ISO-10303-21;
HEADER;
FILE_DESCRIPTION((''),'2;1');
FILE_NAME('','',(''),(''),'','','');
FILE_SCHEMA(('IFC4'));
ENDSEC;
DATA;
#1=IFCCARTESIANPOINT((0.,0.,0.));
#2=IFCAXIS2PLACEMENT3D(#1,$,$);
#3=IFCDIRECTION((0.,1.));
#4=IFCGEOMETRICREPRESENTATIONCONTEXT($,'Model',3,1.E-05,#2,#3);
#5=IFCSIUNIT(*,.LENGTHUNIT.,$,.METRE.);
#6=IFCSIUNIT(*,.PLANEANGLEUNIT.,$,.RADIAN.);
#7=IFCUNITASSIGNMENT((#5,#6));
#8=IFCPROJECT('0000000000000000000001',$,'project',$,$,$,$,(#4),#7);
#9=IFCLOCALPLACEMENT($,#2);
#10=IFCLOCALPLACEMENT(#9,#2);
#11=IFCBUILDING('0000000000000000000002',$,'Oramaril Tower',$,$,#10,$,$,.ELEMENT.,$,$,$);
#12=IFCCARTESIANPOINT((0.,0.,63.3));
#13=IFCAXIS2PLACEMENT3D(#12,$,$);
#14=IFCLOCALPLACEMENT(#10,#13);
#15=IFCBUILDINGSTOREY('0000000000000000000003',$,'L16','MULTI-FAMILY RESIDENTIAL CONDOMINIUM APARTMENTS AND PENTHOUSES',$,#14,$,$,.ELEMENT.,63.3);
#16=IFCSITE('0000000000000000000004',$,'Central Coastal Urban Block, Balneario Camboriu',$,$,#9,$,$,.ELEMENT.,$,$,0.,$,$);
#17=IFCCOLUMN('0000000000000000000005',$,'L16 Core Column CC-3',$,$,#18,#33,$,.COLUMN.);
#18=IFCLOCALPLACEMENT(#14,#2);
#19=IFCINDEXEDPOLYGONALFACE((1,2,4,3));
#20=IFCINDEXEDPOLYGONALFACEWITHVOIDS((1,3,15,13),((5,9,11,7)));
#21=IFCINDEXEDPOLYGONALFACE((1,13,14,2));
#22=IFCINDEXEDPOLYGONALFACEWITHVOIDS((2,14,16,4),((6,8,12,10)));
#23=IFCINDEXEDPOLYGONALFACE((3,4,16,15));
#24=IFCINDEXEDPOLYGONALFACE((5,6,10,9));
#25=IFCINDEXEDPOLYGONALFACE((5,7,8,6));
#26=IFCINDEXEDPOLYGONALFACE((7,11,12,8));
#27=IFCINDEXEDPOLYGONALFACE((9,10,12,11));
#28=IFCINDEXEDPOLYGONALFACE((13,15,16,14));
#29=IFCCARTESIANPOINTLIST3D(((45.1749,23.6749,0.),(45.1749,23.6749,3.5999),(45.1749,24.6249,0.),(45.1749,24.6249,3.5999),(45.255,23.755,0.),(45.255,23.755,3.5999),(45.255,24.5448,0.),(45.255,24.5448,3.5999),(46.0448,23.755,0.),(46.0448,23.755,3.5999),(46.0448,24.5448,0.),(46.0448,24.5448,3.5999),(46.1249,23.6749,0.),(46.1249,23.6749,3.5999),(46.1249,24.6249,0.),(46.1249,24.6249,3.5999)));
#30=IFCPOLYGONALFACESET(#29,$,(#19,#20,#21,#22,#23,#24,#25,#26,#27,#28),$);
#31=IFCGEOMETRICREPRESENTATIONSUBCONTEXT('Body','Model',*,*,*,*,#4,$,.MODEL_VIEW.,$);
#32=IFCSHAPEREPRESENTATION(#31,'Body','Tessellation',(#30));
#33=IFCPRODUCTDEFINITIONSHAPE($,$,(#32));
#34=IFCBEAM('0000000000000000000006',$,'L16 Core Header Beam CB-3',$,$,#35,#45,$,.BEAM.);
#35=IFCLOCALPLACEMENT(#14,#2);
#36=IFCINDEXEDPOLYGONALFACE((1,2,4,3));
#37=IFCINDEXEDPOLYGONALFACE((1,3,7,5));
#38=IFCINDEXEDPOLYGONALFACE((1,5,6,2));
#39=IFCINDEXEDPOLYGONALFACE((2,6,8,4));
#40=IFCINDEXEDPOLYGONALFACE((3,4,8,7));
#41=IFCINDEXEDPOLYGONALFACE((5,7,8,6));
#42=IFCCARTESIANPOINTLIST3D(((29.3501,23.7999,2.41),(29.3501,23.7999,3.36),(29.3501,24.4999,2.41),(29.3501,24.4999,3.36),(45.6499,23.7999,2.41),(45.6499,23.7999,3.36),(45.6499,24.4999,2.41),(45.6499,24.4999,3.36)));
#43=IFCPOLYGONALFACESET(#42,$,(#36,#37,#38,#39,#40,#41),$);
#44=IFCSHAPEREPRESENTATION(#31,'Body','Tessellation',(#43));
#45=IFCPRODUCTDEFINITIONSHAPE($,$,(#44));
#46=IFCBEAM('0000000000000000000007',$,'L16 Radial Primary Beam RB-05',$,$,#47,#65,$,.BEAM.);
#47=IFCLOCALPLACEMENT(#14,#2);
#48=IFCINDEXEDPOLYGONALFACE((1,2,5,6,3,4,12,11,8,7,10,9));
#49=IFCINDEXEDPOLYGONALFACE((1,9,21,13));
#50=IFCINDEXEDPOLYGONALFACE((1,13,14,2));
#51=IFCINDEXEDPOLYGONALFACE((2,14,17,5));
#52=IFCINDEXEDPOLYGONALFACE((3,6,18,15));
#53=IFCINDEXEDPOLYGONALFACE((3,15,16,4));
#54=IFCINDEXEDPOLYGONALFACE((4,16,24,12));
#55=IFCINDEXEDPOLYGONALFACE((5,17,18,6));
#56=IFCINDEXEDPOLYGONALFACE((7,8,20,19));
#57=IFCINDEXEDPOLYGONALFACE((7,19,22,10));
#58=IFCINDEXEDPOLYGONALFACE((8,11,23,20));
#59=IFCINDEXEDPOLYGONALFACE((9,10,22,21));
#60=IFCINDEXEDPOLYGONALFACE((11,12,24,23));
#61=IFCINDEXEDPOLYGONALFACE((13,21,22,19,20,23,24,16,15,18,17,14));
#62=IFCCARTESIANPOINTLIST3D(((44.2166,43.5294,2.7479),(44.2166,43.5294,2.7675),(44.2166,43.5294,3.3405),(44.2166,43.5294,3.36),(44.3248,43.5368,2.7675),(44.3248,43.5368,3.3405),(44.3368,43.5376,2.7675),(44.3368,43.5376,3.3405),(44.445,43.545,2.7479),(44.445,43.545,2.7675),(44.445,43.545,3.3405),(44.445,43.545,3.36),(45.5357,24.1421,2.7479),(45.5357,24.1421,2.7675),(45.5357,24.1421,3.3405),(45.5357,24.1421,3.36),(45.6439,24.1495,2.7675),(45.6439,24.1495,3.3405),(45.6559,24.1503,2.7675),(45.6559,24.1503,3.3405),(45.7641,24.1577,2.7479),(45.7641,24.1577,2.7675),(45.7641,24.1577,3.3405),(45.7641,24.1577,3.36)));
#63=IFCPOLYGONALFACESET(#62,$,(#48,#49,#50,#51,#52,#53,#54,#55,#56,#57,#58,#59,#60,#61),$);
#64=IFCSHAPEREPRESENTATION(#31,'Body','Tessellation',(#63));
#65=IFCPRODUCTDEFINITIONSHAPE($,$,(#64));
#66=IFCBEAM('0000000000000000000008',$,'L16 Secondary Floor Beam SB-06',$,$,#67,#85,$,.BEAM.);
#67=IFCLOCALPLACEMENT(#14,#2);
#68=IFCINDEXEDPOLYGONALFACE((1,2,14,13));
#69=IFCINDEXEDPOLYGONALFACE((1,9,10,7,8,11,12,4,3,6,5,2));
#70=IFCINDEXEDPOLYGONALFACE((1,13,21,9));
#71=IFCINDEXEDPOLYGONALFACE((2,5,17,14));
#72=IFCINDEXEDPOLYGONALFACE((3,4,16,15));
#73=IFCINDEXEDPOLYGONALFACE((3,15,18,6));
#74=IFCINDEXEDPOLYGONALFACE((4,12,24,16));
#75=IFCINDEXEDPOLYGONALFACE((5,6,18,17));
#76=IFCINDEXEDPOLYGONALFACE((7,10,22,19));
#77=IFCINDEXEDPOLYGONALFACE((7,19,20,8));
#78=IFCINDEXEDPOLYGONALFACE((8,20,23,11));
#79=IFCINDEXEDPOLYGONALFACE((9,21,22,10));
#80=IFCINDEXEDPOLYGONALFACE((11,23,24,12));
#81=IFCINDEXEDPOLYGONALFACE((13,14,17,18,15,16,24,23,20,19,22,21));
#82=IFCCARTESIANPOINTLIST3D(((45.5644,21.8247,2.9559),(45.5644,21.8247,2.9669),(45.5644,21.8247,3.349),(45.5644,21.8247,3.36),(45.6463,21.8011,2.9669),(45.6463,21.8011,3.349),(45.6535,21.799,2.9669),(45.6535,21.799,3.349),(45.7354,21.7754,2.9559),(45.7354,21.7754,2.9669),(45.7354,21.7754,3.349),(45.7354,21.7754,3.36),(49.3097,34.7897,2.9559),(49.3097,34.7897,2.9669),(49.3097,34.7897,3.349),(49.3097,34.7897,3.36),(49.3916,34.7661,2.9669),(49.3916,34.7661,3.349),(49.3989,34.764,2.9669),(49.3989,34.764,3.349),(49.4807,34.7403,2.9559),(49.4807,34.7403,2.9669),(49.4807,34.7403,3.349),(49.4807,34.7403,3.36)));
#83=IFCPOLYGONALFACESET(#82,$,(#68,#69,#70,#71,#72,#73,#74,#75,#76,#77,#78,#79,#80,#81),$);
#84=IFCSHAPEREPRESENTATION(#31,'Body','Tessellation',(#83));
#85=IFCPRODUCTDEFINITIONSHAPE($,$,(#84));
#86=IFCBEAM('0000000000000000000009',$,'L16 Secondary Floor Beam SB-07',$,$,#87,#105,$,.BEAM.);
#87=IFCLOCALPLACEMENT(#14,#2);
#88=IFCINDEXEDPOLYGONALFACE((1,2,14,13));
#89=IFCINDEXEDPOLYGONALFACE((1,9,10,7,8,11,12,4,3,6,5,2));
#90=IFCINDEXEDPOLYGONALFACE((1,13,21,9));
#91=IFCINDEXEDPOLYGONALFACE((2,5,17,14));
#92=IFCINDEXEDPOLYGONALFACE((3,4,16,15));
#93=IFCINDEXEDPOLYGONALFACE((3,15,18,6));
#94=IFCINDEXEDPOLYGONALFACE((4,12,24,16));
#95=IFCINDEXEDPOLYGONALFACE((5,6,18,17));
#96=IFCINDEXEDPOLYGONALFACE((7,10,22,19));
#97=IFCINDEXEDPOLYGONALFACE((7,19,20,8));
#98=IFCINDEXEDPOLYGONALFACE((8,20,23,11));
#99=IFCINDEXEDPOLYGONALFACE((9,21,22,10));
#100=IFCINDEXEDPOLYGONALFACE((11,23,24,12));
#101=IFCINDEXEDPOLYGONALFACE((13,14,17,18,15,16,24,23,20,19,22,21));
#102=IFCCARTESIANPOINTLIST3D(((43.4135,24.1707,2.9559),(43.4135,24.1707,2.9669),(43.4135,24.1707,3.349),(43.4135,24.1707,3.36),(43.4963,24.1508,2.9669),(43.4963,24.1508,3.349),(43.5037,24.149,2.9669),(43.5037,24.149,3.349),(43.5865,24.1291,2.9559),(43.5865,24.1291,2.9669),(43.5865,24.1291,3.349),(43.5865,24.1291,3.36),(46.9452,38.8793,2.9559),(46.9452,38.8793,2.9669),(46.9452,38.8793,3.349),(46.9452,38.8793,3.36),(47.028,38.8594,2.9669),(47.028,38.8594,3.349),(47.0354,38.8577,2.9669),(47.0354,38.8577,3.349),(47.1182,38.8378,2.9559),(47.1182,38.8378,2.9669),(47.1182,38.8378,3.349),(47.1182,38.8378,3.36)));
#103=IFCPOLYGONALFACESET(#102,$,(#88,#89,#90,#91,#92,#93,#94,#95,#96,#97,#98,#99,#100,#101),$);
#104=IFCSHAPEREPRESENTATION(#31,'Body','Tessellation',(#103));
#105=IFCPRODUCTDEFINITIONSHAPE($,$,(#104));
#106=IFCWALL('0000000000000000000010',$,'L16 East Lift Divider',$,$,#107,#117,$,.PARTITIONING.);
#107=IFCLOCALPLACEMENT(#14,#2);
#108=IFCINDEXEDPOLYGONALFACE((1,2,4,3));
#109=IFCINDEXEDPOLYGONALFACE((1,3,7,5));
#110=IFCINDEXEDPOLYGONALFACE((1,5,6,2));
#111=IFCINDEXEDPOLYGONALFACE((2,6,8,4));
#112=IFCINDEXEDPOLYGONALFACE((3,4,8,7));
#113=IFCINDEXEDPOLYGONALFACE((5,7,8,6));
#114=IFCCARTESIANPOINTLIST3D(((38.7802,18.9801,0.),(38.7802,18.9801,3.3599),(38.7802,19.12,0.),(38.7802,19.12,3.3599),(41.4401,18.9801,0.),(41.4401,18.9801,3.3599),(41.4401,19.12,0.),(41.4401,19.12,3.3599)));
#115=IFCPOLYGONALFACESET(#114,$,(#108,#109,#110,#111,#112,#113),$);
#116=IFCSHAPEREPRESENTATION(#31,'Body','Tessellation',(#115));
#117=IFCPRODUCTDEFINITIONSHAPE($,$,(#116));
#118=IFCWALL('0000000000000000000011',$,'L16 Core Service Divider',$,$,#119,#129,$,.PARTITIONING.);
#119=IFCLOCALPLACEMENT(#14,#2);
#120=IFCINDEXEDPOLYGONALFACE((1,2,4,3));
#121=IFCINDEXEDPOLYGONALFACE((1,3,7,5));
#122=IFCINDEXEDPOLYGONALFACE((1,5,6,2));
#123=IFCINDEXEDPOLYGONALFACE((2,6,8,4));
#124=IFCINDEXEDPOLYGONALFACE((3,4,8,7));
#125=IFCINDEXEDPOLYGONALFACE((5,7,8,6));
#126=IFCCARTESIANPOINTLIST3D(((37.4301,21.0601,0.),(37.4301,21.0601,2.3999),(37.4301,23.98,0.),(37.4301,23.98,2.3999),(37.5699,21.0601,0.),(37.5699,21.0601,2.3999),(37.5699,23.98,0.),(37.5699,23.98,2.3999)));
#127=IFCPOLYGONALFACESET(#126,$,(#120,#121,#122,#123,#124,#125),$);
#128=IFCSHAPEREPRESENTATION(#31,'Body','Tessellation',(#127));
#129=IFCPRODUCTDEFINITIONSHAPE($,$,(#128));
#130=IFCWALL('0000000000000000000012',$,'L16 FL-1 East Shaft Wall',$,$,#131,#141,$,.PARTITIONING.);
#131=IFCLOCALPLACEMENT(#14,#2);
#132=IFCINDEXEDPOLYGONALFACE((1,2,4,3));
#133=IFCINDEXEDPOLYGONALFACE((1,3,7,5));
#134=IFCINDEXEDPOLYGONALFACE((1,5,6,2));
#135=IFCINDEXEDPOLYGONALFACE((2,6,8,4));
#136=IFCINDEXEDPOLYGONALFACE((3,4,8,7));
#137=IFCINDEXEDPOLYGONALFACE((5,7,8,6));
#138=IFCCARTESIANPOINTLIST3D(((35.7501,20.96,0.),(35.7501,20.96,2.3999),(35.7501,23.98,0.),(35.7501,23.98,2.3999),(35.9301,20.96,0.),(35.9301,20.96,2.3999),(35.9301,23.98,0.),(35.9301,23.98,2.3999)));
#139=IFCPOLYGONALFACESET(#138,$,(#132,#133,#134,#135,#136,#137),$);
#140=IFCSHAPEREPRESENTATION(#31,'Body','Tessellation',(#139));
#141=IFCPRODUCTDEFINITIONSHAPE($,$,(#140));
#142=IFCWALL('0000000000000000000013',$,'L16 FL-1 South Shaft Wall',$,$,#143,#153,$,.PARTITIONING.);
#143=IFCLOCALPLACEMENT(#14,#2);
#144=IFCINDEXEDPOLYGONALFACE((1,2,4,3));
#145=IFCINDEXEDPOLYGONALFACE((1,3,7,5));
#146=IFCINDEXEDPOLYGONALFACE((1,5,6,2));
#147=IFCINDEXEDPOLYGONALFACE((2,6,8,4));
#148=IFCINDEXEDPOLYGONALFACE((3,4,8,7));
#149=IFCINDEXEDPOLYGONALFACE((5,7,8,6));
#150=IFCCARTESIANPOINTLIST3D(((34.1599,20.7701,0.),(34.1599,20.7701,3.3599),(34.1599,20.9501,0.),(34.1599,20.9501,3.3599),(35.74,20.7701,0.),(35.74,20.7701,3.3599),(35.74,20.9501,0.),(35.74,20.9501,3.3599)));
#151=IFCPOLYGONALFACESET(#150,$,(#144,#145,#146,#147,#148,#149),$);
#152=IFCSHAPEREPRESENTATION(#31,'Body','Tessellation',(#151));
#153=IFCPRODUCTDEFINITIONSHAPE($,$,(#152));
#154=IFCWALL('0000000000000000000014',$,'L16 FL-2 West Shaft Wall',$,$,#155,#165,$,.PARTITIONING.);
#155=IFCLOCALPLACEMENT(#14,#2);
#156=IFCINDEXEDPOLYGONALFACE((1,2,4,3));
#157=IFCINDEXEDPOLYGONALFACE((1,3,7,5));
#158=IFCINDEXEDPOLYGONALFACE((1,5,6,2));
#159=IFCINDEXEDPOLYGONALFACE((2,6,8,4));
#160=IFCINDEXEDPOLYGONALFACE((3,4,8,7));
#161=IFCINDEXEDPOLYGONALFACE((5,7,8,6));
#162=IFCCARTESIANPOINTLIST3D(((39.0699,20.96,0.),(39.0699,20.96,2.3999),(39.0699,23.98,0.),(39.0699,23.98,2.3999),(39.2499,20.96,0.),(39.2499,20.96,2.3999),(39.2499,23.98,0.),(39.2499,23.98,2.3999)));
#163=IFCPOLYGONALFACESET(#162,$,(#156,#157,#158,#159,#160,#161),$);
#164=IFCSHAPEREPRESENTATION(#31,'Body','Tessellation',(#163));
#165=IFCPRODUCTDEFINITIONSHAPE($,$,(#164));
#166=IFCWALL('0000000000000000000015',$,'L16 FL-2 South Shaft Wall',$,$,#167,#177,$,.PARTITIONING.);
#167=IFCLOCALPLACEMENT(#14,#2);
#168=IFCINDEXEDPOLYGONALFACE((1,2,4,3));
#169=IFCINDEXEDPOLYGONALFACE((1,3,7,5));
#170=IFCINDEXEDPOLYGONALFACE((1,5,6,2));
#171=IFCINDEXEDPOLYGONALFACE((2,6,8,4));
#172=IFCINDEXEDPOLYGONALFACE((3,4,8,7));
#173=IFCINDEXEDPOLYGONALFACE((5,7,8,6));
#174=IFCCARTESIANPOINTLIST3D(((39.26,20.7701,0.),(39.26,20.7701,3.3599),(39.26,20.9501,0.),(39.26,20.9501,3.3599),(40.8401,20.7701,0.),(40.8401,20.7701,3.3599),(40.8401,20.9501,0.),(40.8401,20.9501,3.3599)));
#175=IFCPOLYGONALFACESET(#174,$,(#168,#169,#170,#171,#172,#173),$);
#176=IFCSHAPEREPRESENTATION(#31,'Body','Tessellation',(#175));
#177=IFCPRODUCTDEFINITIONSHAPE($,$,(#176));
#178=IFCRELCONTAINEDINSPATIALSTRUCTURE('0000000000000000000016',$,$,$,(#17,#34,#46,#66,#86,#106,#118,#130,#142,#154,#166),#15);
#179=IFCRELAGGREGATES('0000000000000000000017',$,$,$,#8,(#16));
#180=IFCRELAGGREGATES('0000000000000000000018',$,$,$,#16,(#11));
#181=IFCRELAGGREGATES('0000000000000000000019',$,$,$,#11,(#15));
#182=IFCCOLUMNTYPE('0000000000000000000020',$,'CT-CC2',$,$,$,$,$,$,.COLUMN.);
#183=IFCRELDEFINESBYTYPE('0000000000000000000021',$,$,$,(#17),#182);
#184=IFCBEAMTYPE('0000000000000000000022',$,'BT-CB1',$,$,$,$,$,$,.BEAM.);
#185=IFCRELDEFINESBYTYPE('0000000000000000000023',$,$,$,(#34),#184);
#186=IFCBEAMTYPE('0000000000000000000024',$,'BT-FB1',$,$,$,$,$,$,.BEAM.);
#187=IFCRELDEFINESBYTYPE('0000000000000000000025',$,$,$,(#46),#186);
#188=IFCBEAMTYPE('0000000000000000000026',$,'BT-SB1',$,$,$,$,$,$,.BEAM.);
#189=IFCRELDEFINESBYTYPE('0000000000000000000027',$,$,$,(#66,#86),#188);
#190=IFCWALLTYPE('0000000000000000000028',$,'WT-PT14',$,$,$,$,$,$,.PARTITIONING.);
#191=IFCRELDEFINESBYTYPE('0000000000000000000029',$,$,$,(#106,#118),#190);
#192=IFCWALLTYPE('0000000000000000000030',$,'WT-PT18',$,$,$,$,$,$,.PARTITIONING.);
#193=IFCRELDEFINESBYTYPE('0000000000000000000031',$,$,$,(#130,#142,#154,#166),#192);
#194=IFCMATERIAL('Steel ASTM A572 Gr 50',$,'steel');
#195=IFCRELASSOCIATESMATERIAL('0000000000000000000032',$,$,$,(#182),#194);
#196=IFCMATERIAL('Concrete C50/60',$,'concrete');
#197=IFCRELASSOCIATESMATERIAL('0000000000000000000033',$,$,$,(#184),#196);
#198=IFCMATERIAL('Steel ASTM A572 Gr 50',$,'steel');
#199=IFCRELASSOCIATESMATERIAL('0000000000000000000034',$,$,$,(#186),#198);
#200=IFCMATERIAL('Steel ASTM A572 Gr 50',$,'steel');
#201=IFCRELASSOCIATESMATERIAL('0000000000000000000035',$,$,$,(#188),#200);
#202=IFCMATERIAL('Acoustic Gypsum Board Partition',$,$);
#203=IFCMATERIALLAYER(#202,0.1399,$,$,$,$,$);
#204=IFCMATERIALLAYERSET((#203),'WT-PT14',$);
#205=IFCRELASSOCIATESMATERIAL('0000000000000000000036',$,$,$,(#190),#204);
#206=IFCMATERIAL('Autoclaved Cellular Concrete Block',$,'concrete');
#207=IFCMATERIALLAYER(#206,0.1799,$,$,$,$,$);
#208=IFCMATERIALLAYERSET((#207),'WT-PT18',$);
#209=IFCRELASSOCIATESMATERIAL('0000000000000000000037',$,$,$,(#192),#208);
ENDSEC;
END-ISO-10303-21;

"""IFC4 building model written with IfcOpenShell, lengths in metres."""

from ifc_helpers import new_model, si_unit, direction, frame, frame_2d, origin, origin_2d, place, context, subcontext, project, spatial, rectangle, hollow_rectangle, i_section, extrude, material, layer, layer_set, material_profile, profile_set, type_object, element, save


model = new_model("IFC4")

# Units and contexts
model_context = context("Model", 3, precision=1e-05, world=origin(), true_north=direction((0.0, 1.0)))
body_context = subcontext(model_context, "Body", "Model", "MODEL_VIEW")
ifc_project = project(units=[si_unit("LENGTHUNIT", "METRE"), si_unit("PLANEANGLEUNIT", "RADIAN")], contexts=[model_context])

# Site, building, storey
site_placement = place(None, origin())
site = spatial("IfcSite", under=ifc_project, at=site_placement, Name="Central Coastal Urban Block, Balneario Camboriu", CompositionType="ELEMENT", RefElevation=0.0)
building_placement = place(site_placement, origin())
building = spatial("IfcBuilding", under=site, at=building_placement, Name="Oramaril Tower", CompositionType="ELEMENT")
storey_placement = place(building_placement, frame((0.0, 0.0, 63.3)))
storey = spatial("IfcBuildingStorey", under=building, at=storey_placement, Name="L16", Description="MULTI-FAMILY RESIDENTIAL CONDOMINIUM APARTMENTS AND PENTHOUSES", CompositionType="ELEMENT", Elevation=63.3)

# Column
ifc_material_1 = material(Name="Steel ASTM A572 Gr 50", Category="steel")
ifc_material_profile_1 = material_profile(ifc_material_1, hollow_rectangle(XDim=0.95, YDim=0.95, WallThickness=0.0801, at=origin_2d()), Name="BOX950X950X80")
ifc_profile_set_1 = profile_set([ifc_material_profile_1], Name="Steel ASTM A572 Gr 50")
column_type = type_object("IfcColumnType", Name="CT-CC2", PredefinedType="COLUMN", material=ifc_profile_set_1)
column_placement = place(storey_placement, frame((45.6499, 24.1499, 0.0), z_axis=(0.0, 0.0, 1.0), x_axis=(1.0, 0.0, 0.0)))
element("IfcColumn", 1, at=column_placement, inside=storey, type_object=column_type, Name="L16 Core Column CC-3", PredefinedType="COLUMN", context=body_context, shape_type="SweptSolid", body=[
    extrude(hollow_rectangle(XDim=0.95, YDim=0.95, WallThickness=0.0801, at=origin_2d()), origin(), (0.0, 0.0, 1.0), 3.5999),
])

# Beams
ifc_material_2 = material(Name="Concrete C50/60", Category="concrete")
ifc_material_profile_2 = material_profile(ifc_material_2, rectangle(XDim=0.7, YDim=0.95, at=origin_2d()), Name="CB700X950")
ifc_profile_set_2 = profile_set([ifc_material_profile_2], Name="Concrete C50/60")
beam_type_1 = type_object("IfcBeamType", Name="BT-CB1", PredefinedType="BEAM", material=ifc_profile_set_2)
beam_1_placement = place(storey_placement, frame((45.6499, 24.1499, 2.885), z_axis=(-1.0, 0.0, 0.0), x_axis=(0.0, -1.0, 0.0)))
element("IfcBeam", 2, at=beam_1_placement, inside=storey, type_object=beam_type_1, Name="L16 Core Header Beam CB-3", PredefinedType="BEAM", context=body_context, shape_type="SweptSolid", body=[
    extrude(rectangle(XDim=0.7, YDim=0.95, at=origin_2d()), origin(), (0.0, 0.0, 1.0), 16.2998),
])
ifc_material_3 = material(Name="Steel ASTM A572 Gr 50", Category="steel")
ifc_material_profile_3 = material_profile(ifc_material_3, i_section(OverallWidth=0.229, OverallDepth=0.6121, WebThickness=0.012, FlangeThickness=0.0195, at=origin_2d()), Name="W24X84")
ifc_profile_set_3 = profile_set([ifc_material_profile_3], Name="Steel ASTM A572 Gr 50")
beam_type_2 = type_object("IfcBeamType", Name="BT-FB1", PredefinedType="BEAM", material=ifc_profile_set_3)
beam_2_placement = place(storey_placement, frame((45.6499, 24.1499, 3.054), z_axis=(-0.067882, 0.997693, 0.0), x_axis=(-0.997693, -0.067882, 0.0)))
element("IfcBeam", 3, at=beam_2_placement, inside=storey, type_object=beam_type_2, Name="L16 Radial Primary Beam RB-05", PredefinedType="BEAM", context=body_context, shape_type="SweptSolid", body=[
    extrude(i_section(OverallWidth=0.229, OverallDepth=0.6121, WebThickness=0.012, FlangeThickness=0.0195, at=origin_2d()), origin(), (0.0, 0.0, 1.0), 19.4321),
])
ifc_material_4 = material(Name="Steel ASTM A572 Gr 50", Category="steel")
ifc_material_profile_4 = material_profile(ifc_material_4, i_section(OverallWidth=0.178, OverallDepth=0.4041, WebThickness=0.0076, FlangeThickness=0.011, at=origin_2d()), Name="W16X36")
ifc_profile_set_4 = profile_set([ifc_material_profile_4], Name="Steel ASTM A572 Gr 50")
beam_type_3 = type_object("IfcBeamType", Name="BT-SB1", PredefinedType="BEAM", material=ifc_profile_set_4)
beam_3_placement = place(storey_placement, frame((45.6499, 21.8, 3.158), z_axis=(0.277532, 0.960716, 0.0), x_axis=(-0.960716, 0.277532, 0.0)))
element("IfcBeam", 4, at=beam_3_placement, inside=storey, type_object=beam_type_3, Name="L16 Secondary Floor Beam SB-06", PredefinedType="BEAM", context=body_context, shape_type="SweptSolid", body=[
    extrude(i_section(OverallWidth=0.178, OverallDepth=0.4041, WebThickness=0.0076, FlangeThickness=0.011, at=origin_2d()), origin(), (0.0, 0.0, 1.0), 13.4951),
])
beam_4_placement = place(storey_placement, frame((43.5, 24.1499, 3.158), z_axis=(0.233476, 0.972363, 0.0), x_axis=(-0.972363, 0.233476, 0.0)))
element("IfcBeam", 5, at=beam_4_placement, inside=storey, type_object=beam_type_3, Name="L16 Secondary Floor Beam SB-07", PredefinedType="BEAM", context=body_context, shape_type="SweptSolid", body=[
    extrude(i_section(OverallWidth=0.178, OverallDepth=0.4041, WebThickness=0.0076, FlangeThickness=0.011, at=origin_2d()), origin(), (0.0, 0.0, 1.0), 15.1267),
])

# Walls
ifc_material_5 = material(Name="Acoustic Gypsum Board Partition")
ifc_layer_1 = layer(ifc_material_5, 0.1399)
ifc_layer_set_1 = layer_set([ifc_layer_1], Name="WT-PT14")
wall_type_1 = type_object("IfcWallType", Name="WT-PT14", PredefinedType="PARTITIONING", material=ifc_layer_set_1)
wall_1_placement = place(storey_placement, frame((38.78, 19.05, 0.0), z_axis=(0.0, 0.0, 1.0), x_axis=(1.0, 0.0, 0.0)))
element("IfcWall", 6, at=wall_1_placement, inside=storey, type_object=wall_type_1, Name="L16 East Lift Divider", PredefinedType="PARTITIONING", context=body_context, shape_type="SweptSolid", body=[
    extrude(rectangle(XDim=2.6599, YDim=0.1399, at=frame_2d((1.3301, 0.0))), origin(), (0.0, 0.0, 1.0), 3.3599),
])
wall_2_placement = place(storey_placement, frame((37.5, 21.0601, 0.0), z_axis=(0.0, 0.0, 1.0), x_axis=(0.0, 1.0, 0.0)))
element("IfcWall", 7, at=wall_2_placement, inside=storey, type_object=wall_type_1, Name="L16 Core Service Divider", PredefinedType="PARTITIONING", context=body_context, shape_type="SweptSolid", body=[
    extrude(rectangle(XDim=2.9199, YDim=0.1399, at=frame_2d((1.46, 0.0))), origin(), (0.0, 0.0, 1.0), 2.3999),
])
ifc_material_6 = material(Name="Autoclaved Cellular Concrete Block", Category="concrete")
ifc_layer_2 = layer(ifc_material_6, 0.1799)
ifc_layer_set_2 = layer_set([ifc_layer_2], Name="WT-PT18")
wall_type_2 = type_object("IfcWallType", Name="WT-PT18", PredefinedType="PARTITIONING", material=ifc_layer_set_2)
wall_3_placement = place(storey_placement, frame((35.8401, 20.96, 0.0), z_axis=(0.0, 0.0, 1.0), x_axis=(0.0, 1.0, 0.0)))
element("IfcWall", 8, at=wall_3_placement, inside=storey, type_object=wall_type_2, Name="L16 FL-1 East Shaft Wall", PredefinedType="PARTITIONING", context=body_context, shape_type="SweptSolid", body=[
    extrude(rectangle(XDim=3.02, YDim=0.1799, at=frame_2d((1.51, 0.0))), origin(), (0.0, 0.0, 1.0), 2.3999),
])
wall_4_placement = place(storey_placement, frame((34.1599, 20.8601, 0.0), z_axis=(0.0, 0.0, 1.0), x_axis=(1.0, 0.0, 0.0)))
element("IfcWall", 9, at=wall_4_placement, inside=storey, type_object=wall_type_2, Name="L16 FL-1 South Shaft Wall", PredefinedType="PARTITIONING", context=body_context, shape_type="SweptSolid", body=[
    extrude(rectangle(XDim=1.5801, YDim=0.1799, at=frame_2d((0.79, 0.0))), origin(), (0.0, 0.0, 1.0), 3.3599),
])
wall_5_placement = place(storey_placement, frame((39.1599, 20.96, 0.0), z_axis=(0.0, 0.0, 1.0), x_axis=(0.0, 1.0, 0.0)))
element("IfcWall", 10, at=wall_5_placement, inside=storey, type_object=wall_type_2, Name="L16 FL-2 West Shaft Wall", PredefinedType="PARTITIONING", context=body_context, shape_type="SweptSolid", body=[
    extrude(rectangle(XDim=3.02, YDim=0.1799, at=frame_2d((1.51, 0.0))), origin(), (0.0, 0.0, 1.0), 2.3999),
])
wall_6_placement = place(storey_placement, frame((39.26, 20.8601, 0.0), z_axis=(0.0, 0.0, 1.0), x_axis=(1.0, 0.0, 0.0)))
element("IfcWall", 11, at=wall_6_placement, inside=storey, type_object=wall_type_2, Name="L16 FL-2 South Shaft Wall", PredefinedType="PARTITIONING", context=body_context, shape_type="SweptSolid", body=[
    extrude(rectangle(XDim=1.5801, YDim=0.1799, at=frame_2d((0.79, 0.0))), origin(), (0.0, 0.0, 1.0), 3.3599),
])

save(model, "model.ifc")
